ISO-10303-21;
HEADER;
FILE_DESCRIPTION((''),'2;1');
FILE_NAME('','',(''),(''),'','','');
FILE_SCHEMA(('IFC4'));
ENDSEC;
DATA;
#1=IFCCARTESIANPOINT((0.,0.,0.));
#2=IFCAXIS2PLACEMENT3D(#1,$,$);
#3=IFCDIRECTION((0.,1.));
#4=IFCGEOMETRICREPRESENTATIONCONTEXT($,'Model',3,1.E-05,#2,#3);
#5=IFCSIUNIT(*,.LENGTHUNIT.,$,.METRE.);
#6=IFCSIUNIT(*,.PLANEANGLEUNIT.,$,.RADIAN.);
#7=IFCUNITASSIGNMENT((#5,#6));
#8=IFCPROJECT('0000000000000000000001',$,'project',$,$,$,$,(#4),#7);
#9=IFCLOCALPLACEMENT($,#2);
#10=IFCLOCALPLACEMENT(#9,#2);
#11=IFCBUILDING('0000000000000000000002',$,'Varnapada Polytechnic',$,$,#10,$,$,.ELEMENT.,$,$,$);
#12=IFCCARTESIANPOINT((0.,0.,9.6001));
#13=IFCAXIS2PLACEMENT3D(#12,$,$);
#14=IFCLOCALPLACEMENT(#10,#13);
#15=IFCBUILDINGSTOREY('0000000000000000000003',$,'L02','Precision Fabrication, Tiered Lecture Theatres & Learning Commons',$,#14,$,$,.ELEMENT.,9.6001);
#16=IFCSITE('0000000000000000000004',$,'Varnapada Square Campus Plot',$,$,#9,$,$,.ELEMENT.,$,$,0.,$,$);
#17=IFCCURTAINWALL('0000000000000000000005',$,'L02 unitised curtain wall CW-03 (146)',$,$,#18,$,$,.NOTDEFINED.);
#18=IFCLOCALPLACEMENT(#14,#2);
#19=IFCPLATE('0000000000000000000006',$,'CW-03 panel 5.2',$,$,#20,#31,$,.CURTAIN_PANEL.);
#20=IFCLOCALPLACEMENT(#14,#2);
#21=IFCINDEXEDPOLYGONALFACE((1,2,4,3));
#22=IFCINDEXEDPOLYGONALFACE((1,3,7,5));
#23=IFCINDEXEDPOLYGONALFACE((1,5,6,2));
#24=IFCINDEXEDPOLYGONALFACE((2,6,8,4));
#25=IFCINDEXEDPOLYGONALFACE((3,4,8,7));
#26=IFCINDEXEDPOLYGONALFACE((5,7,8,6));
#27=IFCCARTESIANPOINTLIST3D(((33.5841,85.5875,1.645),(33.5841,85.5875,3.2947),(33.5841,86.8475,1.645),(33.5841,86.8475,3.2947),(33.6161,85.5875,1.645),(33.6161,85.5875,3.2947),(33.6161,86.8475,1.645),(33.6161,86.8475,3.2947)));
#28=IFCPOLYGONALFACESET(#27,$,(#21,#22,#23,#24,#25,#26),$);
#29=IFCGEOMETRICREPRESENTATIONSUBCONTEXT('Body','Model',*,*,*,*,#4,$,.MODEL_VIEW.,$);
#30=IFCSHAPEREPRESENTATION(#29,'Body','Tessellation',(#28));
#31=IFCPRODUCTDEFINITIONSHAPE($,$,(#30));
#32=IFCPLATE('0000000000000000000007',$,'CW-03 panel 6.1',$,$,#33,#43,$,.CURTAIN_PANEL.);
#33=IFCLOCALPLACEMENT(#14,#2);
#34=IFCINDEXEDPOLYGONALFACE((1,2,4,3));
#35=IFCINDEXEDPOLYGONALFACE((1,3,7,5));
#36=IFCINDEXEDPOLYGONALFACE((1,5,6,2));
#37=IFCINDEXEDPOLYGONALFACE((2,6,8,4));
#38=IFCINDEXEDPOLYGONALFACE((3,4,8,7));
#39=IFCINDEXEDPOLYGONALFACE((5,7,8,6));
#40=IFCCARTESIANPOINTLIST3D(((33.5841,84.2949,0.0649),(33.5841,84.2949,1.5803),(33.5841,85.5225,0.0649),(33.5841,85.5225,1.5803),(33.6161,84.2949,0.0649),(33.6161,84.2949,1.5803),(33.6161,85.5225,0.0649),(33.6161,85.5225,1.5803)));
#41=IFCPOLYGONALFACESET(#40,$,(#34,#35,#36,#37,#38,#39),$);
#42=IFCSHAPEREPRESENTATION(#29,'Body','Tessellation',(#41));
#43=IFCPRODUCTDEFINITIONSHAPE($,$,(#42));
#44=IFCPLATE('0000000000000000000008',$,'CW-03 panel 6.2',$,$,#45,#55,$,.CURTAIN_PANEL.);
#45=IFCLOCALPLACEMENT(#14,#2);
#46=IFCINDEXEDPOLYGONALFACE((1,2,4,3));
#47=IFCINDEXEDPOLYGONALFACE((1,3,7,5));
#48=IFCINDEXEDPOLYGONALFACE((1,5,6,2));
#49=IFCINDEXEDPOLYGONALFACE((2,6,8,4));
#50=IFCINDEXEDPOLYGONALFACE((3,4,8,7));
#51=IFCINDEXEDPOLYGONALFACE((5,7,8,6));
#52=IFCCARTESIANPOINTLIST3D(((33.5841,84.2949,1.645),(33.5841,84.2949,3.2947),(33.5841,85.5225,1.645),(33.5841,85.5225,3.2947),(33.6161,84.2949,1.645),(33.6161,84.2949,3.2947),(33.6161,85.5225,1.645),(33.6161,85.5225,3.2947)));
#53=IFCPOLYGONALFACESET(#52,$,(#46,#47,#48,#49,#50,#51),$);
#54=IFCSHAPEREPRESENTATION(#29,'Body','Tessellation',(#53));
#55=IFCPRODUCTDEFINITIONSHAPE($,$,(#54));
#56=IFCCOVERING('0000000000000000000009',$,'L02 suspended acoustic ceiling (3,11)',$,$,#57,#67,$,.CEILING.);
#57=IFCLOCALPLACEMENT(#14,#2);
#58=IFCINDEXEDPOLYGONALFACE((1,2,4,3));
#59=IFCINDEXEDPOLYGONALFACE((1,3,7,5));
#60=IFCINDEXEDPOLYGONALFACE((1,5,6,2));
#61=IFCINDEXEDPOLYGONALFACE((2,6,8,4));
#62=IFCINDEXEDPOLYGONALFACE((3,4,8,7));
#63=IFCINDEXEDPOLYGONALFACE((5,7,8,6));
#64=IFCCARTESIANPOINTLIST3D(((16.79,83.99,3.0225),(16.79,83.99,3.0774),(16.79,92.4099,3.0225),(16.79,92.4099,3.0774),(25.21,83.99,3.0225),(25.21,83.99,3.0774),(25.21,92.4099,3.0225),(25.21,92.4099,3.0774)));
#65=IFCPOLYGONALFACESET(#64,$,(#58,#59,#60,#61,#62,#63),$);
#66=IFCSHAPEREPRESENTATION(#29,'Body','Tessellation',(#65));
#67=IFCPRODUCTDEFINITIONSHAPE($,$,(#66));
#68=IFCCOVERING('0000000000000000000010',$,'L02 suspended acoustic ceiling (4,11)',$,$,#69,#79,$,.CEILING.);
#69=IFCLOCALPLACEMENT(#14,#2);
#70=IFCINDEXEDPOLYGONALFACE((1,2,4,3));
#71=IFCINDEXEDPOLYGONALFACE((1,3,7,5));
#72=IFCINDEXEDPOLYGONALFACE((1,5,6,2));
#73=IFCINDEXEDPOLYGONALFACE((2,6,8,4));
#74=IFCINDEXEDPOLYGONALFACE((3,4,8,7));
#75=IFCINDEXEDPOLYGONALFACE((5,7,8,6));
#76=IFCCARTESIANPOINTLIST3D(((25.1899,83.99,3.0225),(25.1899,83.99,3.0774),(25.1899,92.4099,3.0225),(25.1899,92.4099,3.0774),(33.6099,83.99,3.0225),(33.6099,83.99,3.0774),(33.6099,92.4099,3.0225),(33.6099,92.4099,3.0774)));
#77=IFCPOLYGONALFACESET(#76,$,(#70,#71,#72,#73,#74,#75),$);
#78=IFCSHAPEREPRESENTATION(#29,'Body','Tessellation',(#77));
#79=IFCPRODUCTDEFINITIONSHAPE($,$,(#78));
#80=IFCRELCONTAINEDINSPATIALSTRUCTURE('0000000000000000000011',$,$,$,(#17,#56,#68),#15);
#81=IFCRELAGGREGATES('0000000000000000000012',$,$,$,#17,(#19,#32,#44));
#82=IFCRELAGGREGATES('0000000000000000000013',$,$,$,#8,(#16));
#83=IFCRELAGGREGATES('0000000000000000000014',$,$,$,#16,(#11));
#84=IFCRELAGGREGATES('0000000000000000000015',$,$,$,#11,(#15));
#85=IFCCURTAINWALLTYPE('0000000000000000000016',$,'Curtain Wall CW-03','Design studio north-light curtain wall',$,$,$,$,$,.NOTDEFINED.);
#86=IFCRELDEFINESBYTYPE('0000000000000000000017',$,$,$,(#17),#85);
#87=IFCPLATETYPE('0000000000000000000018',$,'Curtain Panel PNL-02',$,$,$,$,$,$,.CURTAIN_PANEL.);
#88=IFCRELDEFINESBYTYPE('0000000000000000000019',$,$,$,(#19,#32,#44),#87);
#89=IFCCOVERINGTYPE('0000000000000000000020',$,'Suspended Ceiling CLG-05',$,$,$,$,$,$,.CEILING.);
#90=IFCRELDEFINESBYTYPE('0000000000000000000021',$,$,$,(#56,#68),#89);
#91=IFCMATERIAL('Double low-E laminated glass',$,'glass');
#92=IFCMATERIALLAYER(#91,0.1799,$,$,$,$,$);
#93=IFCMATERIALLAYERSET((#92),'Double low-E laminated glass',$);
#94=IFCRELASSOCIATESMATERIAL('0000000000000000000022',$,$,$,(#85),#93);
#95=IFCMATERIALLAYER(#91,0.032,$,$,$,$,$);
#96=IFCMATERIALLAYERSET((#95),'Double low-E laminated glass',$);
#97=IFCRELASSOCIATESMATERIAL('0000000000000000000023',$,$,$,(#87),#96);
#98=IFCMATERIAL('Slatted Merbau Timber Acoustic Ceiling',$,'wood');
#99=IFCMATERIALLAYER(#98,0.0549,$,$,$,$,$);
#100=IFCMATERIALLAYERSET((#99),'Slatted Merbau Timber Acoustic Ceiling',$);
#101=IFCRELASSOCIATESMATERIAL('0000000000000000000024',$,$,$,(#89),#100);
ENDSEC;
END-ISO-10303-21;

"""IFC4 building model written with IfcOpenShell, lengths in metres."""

from ifc_helpers import new_model, si_unit, direction, frame, origin, origin_2d, place, context, subcontext, project, spatial, rectangle, extrude, material, layer, layer_set, type_object, element, aggregate, save


model = new_model("IFC4")

# Units and contexts
model_context = context("Model", 3, precision=1e-05, world=origin(), true_north=direction((0.0, 1.0)))
body_context = subcontext(model_context, "Body", "Model", "MODEL_VIEW")
ifc_project = project(units=[si_unit("LENGTHUNIT", "METRE"), si_unit("PLANEANGLEUNIT", "RADIAN")], contexts=[model_context])

# Site, building, storey
site_placement = place(None, origin())
site = spatial("IfcSite", under=ifc_project, at=site_placement, Name="Varnapada Square Campus Plot", CompositionType="ELEMENT", RefElevation=0.0)
building_placement = place(site_placement, origin())
building = spatial("IfcBuilding", under=site, at=building_placement, Name="Varnapada Polytechnic", CompositionType="ELEMENT")
storey_placement = place(building_placement, frame((0.0, 0.0, 9.6001)))
storey = spatial("IfcBuildingStorey", under=building, at=storey_placement, Name="L02", Description="Precision Fabrication, Tiered Lecture Theatres & Learning Commons", CompositionType="ELEMENT", Elevation=9.6001)

# Curtain wall, plates
ifc_material_1 = material(Name="Double low-E laminated glass", Category="glass")
ifc_layer_1 = layer(ifc_material_1, 0.1799)
ifc_layer_set_1 = layer_set([ifc_layer_1], Name="Double low-E laminated glass")
curtain_wall_type = type_object("IfcCurtainWallType", Name="Curtain Wall CW-03", Description="Design studio north-light curtain wall", PredefinedType="NOTDEFINED", material=ifc_layer_set_1)
curtain_wall_placement = place(storey_placement, origin())
curtain_wall = element("IfcCurtainWall", 1, at=curtain_wall_placement, inside=storey, type_object=curtain_wall_type, Name="L02 unitised curtain wall CW-03 (146)", PredefinedType="NOTDEFINED")
ifc_layer_2 = layer(ifc_material_1, 0.032)
ifc_layer_set_2 = layer_set([ifc_layer_2], Name="Double low-E laminated glass")
plate_type = type_object("IfcPlateType", Name="Curtain Panel PNL-02", PredefinedType="CURTAIN_PANEL", material=ifc_layer_set_2)
plate_1_placement = place(storey_placement, frame((33.6001, 86.2175, 1.645), z_axis=(0.0, 0.0, 1.0), x_axis=(0.0, -1.0, 0.0)))
plate_1 = element("IfcPlate", 2, at=plate_1_placement, type_object=plate_type, Name="CW-03 panel 5.2", PredefinedType="CURTAIN_PANEL", context=body_context, shape_type="SweptSolid", body=[
    extrude(rectangle(XDim=1.26, YDim=0.032, at=origin_2d()), origin(), (0.0, 0.0, 1.0), 1.6497),
])
plate_2_placement = place(storey_placement, frame((33.6001, 84.9087, 0.0649), z_axis=(0.0, 0.0, 1.0), x_axis=(0.0, -1.0, 0.0)))
plate_2 = element("IfcPlate", 3, at=plate_2_placement, type_object=plate_type, Name="CW-03 panel 6.1", PredefinedType="CURTAIN_PANEL", context=body_context, shape_type="SweptSolid", body=[
    extrude(rectangle(XDim=1.2275, YDim=0.032, at=origin_2d()), origin(), (0.0, 0.0, 1.0), 1.5154),
])
plate_3_placement = place(storey_placement, frame((33.6001, 84.9087, 1.645), z_axis=(0.0, 0.0, 1.0), x_axis=(0.0, -1.0, 0.0)))
plate_3 = element("IfcPlate", 4, at=plate_3_placement, type_object=plate_type, Name="CW-03 panel 6.2", PredefinedType="CURTAIN_PANEL", context=body_context, shape_type="SweptSolid", body=[
    extrude(rectangle(XDim=1.2275, YDim=0.032, at=origin_2d()), origin(), (0.0, 0.0, 1.0), 1.6497),
])
aggregate(curtain_wall, [plate_1, plate_2, plate_3])

# Coverings
ifc_material_2 = material(Name="Slatted Merbau Timber Acoustic Ceiling", Category="wood")
ifc_layer_3 = layer(ifc_material_2, 0.0549)
ifc_layer_set_3 = layer_set([ifc_layer_3], Name="Slatted Merbau Timber Acoustic Ceiling")
covering_type = type_object("IfcCoveringType", Name="Suspended Ceiling CLG-05", PredefinedType="CEILING", material=ifc_layer_set_3)
for number, where, z_axis, x_axis, name in (
    (5, (21.0, 88.2, 3.0225), (0.0, 0.0, 1.0), (1.0, 0.0, 0.0), "L02 suspended acoustic ceiling (3,11)"),
    (6, (29.3999, 88.2, 3.0225), (0.0, 0.0, 1.0), (1.0, 0.0, 0.0), "L02 suspended acoustic ceiling (4,11)"),
):
    element("IfcCovering", number, at=place(storey_placement, frame(where, z_axis=z_axis, x_axis=x_axis)), inside=storey, type_object=covering_type, Name=name, PredefinedType="CEILING", context=body_context, shape_type="SweptSolid", body=[
        extrude(rectangle(XDim=8.4199, YDim=8.4199, at=origin_2d()), origin(), (0.0, 0.0, 1.0), 0.0549),
    ])

save(model, "model.ifc")
